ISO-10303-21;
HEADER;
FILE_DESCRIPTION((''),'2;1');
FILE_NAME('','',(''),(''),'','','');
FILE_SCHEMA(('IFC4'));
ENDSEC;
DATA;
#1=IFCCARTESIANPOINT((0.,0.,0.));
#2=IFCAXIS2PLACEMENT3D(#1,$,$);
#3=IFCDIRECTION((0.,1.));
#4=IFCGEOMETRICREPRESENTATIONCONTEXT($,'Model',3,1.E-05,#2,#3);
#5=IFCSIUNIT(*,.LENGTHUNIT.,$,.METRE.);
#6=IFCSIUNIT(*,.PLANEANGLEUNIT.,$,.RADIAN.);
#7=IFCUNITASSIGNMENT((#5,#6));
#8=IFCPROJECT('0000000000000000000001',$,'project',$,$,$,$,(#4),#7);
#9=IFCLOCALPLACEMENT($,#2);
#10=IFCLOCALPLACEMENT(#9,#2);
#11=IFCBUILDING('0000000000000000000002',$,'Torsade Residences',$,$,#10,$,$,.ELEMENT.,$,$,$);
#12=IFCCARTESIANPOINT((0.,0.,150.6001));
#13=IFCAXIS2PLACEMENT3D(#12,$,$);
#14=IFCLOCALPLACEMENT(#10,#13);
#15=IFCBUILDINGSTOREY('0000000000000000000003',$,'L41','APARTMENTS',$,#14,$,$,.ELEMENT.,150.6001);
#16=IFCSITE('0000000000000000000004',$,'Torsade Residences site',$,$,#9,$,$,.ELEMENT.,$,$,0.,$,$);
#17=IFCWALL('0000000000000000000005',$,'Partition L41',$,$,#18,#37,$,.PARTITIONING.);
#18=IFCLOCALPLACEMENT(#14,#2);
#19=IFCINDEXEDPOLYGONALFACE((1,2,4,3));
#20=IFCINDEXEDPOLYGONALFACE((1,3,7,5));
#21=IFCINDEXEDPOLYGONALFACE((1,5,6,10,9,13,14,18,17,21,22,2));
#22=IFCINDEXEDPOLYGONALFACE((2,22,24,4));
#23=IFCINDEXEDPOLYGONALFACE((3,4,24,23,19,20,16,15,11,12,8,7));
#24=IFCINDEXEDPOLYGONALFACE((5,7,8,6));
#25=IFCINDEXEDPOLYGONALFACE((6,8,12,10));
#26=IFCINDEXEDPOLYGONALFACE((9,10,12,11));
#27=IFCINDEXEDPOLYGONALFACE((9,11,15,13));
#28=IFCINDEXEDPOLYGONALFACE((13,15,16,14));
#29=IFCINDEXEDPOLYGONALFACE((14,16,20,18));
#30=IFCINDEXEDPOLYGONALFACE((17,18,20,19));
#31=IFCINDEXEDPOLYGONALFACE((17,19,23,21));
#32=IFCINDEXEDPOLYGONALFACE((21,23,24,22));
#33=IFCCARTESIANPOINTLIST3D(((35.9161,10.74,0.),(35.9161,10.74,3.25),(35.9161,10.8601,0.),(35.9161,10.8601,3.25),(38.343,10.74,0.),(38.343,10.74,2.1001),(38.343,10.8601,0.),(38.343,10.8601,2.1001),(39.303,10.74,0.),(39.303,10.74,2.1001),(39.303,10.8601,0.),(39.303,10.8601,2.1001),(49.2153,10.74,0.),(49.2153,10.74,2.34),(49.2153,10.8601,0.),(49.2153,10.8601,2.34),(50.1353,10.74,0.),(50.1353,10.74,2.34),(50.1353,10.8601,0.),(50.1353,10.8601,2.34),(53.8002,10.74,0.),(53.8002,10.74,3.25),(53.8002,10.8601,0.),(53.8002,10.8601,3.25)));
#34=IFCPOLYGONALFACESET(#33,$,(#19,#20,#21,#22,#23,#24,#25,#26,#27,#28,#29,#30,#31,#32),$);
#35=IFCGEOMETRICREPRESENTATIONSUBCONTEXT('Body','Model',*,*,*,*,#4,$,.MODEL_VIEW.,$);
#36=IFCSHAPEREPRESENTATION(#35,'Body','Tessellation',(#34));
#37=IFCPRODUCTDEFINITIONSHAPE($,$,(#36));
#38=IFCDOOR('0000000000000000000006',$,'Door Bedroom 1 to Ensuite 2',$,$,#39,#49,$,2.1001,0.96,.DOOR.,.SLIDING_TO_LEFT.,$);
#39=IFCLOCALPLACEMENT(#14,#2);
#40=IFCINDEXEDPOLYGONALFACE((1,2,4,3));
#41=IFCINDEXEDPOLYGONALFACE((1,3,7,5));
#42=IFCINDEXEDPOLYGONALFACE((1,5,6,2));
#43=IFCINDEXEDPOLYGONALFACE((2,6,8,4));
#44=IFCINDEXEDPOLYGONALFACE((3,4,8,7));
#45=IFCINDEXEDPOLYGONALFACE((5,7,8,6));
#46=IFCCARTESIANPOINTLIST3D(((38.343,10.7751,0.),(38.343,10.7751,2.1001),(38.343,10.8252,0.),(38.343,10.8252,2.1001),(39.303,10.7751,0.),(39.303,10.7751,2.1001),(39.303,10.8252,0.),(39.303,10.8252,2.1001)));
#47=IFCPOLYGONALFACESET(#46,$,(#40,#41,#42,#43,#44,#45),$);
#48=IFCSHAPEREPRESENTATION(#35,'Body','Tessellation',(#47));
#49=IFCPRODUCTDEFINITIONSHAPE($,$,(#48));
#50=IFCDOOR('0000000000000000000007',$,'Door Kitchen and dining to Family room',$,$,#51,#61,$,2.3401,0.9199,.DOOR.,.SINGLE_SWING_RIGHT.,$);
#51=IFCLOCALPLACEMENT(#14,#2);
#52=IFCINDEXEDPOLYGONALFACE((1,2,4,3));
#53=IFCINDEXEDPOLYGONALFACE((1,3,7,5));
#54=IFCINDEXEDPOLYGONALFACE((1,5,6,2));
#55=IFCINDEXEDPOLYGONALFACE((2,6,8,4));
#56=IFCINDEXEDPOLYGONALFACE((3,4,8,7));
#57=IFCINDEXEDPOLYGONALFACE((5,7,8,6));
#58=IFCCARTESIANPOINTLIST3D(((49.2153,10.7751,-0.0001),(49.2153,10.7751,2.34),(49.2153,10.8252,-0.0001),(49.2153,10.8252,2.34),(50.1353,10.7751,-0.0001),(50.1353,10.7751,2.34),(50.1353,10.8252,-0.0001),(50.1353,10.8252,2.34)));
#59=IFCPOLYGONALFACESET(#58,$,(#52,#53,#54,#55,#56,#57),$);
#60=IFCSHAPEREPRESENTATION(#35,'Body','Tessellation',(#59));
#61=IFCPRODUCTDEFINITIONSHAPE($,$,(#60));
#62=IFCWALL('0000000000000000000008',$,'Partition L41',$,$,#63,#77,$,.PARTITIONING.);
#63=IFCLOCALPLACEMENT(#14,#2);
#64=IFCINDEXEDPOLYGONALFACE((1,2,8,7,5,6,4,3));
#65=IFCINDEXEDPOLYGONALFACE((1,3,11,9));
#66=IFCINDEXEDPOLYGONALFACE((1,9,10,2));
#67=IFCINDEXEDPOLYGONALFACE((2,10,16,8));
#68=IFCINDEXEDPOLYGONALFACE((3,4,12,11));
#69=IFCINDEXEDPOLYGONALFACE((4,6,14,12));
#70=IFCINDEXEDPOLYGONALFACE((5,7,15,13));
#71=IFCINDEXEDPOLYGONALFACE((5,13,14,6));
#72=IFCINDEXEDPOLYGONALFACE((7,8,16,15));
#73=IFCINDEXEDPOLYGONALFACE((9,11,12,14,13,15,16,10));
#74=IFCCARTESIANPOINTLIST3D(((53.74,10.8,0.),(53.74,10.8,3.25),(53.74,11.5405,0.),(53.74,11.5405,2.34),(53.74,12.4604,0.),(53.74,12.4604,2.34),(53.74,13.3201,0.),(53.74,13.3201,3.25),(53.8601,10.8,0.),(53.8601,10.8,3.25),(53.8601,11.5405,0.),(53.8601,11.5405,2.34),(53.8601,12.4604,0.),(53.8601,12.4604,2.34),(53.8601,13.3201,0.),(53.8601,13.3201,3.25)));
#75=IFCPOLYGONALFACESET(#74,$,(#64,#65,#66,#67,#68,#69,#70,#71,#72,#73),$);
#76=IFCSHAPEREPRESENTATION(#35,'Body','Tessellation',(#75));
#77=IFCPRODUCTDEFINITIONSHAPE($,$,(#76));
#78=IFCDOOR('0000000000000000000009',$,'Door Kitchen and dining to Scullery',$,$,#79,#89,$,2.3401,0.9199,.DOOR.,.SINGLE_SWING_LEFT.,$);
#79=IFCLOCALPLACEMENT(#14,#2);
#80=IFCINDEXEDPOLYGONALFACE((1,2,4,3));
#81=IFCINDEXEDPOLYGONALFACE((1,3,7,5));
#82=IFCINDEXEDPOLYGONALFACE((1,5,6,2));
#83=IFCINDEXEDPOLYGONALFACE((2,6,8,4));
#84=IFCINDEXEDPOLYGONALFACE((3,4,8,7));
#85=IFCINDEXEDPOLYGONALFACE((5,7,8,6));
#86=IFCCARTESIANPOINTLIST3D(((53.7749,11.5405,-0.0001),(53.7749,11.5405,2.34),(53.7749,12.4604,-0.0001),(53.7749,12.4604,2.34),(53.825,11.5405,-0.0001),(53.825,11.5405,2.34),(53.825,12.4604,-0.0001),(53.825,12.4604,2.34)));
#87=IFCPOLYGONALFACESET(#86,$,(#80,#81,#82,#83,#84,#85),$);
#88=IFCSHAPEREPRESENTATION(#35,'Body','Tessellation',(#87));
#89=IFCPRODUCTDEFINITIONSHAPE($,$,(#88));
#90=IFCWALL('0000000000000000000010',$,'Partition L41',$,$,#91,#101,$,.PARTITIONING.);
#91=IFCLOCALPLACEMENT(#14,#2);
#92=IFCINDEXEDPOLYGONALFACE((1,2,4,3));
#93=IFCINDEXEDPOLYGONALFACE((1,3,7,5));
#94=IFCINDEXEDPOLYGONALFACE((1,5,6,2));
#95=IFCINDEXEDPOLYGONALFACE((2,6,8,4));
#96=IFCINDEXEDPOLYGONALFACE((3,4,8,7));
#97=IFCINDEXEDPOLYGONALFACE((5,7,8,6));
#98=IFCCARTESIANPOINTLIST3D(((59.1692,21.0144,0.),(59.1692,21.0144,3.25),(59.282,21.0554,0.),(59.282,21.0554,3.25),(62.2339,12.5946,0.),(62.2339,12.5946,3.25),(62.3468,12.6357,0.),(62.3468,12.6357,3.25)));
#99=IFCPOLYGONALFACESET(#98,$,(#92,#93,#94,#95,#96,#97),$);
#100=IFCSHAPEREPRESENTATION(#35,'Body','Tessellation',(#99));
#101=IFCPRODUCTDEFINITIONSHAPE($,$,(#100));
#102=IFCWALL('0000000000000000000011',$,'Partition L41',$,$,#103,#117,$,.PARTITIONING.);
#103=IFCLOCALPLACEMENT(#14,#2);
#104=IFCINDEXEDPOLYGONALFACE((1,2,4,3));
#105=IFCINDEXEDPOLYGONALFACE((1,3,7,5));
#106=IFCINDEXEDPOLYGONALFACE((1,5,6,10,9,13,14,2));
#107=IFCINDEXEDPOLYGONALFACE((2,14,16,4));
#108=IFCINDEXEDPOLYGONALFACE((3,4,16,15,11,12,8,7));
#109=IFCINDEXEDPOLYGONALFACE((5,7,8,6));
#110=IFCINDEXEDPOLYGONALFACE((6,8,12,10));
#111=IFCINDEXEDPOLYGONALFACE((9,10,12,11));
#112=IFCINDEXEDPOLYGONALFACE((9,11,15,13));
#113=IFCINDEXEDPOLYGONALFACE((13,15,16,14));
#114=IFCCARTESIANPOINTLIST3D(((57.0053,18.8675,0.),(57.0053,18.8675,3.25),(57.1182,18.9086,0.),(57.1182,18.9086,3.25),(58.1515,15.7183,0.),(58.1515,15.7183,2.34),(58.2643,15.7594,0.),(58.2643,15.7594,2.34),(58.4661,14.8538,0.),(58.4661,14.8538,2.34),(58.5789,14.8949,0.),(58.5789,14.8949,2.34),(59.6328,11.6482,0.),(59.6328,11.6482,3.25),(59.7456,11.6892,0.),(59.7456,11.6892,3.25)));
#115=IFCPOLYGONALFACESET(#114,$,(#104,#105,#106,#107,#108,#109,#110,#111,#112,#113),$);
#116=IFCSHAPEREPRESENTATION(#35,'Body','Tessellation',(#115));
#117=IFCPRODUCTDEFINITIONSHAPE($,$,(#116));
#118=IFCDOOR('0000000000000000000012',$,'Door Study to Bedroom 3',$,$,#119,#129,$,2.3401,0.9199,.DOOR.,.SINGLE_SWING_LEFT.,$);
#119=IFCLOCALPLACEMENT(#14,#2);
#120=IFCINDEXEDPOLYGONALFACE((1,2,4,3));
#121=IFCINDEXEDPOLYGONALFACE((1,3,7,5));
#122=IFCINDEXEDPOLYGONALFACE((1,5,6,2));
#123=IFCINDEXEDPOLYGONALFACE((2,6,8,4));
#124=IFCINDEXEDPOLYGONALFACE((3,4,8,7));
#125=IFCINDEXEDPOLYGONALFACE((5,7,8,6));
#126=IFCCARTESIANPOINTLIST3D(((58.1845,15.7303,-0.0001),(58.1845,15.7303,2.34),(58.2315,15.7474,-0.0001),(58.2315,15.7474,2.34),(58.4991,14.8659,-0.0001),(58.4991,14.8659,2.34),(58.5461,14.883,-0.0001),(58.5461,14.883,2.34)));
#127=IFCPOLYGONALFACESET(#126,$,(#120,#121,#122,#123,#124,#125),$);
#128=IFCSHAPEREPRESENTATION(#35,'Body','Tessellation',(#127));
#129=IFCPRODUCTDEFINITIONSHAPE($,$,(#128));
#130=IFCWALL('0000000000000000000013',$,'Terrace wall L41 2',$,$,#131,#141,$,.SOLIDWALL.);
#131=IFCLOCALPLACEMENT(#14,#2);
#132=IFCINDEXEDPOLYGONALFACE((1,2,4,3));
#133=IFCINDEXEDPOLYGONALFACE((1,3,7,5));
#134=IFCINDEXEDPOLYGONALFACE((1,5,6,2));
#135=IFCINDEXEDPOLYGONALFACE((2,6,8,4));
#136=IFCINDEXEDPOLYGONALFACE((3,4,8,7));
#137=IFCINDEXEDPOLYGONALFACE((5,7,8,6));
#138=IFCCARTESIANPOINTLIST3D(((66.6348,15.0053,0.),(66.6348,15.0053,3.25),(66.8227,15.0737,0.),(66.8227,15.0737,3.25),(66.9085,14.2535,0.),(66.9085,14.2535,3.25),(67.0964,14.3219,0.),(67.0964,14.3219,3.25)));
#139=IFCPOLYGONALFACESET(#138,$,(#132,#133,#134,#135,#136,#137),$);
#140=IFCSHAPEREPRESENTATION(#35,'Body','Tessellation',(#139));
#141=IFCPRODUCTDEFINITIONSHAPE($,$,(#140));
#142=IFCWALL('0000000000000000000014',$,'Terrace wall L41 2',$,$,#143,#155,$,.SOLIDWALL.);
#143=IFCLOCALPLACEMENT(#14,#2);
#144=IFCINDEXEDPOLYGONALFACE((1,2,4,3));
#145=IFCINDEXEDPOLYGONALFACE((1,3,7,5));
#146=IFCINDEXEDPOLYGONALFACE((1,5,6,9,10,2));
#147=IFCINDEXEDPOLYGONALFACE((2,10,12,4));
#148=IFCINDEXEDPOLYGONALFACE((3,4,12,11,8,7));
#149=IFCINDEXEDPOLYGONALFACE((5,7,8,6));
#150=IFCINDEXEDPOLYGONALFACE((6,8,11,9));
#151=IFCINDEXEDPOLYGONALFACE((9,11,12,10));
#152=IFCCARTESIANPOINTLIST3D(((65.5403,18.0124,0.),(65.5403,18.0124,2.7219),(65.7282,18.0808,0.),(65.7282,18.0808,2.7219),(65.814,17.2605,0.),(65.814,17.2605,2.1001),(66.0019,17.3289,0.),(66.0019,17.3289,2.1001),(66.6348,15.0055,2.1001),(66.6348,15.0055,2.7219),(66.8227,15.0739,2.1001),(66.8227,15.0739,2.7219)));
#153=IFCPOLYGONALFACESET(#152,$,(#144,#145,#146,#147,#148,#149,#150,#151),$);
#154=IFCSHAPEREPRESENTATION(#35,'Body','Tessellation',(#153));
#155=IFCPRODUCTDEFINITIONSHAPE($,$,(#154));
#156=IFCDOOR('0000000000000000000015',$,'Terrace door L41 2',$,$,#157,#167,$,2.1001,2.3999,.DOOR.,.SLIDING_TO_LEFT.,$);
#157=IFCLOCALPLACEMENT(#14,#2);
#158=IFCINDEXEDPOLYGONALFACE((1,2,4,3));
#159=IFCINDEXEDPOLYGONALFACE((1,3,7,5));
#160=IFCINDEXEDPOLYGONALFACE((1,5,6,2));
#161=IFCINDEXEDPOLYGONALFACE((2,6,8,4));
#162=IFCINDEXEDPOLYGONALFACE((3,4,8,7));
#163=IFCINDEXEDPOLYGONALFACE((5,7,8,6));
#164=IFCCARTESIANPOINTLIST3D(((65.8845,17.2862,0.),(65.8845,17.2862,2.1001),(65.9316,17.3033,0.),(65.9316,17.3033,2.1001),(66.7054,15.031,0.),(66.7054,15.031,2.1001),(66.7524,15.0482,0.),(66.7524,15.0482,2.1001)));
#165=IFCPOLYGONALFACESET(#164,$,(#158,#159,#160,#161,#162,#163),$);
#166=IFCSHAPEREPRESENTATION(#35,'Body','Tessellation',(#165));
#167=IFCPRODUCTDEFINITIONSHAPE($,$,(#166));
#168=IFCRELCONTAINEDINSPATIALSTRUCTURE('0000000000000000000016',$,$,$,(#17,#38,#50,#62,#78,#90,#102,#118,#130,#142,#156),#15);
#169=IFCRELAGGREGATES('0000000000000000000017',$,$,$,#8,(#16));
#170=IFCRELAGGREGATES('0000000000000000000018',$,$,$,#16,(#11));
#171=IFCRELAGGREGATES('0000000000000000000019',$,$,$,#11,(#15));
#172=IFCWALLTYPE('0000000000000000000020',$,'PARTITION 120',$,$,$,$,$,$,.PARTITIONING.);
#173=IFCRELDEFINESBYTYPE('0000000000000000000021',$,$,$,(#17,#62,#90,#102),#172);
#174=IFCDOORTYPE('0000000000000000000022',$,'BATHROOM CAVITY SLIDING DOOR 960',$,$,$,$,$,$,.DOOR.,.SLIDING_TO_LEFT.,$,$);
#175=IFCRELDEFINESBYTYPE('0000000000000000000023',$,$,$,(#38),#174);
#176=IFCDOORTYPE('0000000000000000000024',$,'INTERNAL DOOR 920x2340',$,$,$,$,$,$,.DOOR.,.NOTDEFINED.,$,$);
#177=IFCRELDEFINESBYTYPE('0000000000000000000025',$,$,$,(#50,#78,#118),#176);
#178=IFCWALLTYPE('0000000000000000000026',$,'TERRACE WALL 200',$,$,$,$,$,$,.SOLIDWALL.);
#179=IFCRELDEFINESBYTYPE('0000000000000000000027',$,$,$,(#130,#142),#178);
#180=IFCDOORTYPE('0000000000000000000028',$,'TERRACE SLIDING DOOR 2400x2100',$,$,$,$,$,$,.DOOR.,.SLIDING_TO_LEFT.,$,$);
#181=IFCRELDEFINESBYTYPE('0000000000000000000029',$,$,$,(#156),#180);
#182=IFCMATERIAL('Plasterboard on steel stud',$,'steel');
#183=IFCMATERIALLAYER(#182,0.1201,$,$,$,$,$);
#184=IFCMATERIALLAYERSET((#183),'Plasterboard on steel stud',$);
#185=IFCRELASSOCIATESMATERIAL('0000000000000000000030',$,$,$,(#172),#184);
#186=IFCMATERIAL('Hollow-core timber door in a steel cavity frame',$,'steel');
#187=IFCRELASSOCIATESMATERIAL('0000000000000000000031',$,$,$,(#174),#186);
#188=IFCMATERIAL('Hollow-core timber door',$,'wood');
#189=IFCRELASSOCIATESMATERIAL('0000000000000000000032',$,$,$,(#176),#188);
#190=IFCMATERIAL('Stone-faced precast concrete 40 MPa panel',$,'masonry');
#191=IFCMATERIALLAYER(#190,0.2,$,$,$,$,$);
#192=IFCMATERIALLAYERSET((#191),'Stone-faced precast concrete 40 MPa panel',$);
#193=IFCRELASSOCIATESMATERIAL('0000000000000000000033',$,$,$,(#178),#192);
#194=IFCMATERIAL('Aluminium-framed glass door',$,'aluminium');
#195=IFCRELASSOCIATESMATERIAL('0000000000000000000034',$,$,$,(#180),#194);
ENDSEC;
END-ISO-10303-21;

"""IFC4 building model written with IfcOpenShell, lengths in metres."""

from ifc_helpers import new_model, si_unit, direction, frame, frame_2d, origin, place, context, subcontext, project, spatial, rectangle, extrude, material, layer, layer_set, type_object, element, fill, save


model = new_model("IFC4")

# Units and contexts
model_context = context("Model", 3, precision=1e-05, world=origin(), true_north=direction((0.0, 1.0)))
body_context = subcontext(model_context, "Body", "Model", "MODEL_VIEW")
ifc_project = project(units=[si_unit("LENGTHUNIT", "METRE"), si_unit("PLANEANGLEUNIT", "RADIAN")], contexts=[model_context])

# Site, building, storey
site_placement = place(None, origin())
site = spatial("IfcSite", under=ifc_project, at=site_placement, Name="Torsade Residences site", CompositionType="ELEMENT", RefElevation=0.0)
building_placement = place(site_placement, origin())
building = spatial("IfcBuilding", under=site, at=building_placement, Name="Torsade Residences", CompositionType="ELEMENT")
storey_placement = place(building_placement, frame((0.0, 0.0, 150.6001)))
storey = spatial("IfcBuildingStorey", under=building, at=storey_placement, Name="L41", Description="APARTMENTS", CompositionType="ELEMENT", Elevation=150.6001)

# Wall, openings, doors
ifc_material_1 = material(Name="Plasterboard on steel stud", Category="steel")
ifc_layer_1 = layer(ifc_material_1, 0.1201)
ifc_layer_set_1 = layer_set([ifc_layer_1], Name="Plasterboard on steel stud")
wall_type_1 = type_object("IfcWallType", Name="PARTITION 120", PredefinedType="PARTITIONING", material=ifc_layer_set_1)
wall_1_placement = place(storey_placement, frame((53.8, 10.8, 0.0), z_axis=(0.0, 0.0, 1.0), x_axis=(-1.0, 0.0, 0.0)))
wall_1 = element("IfcWall", 1, at=wall_1_placement, inside=storey, type_object=wall_type_1, Name="Partition L41", PredefinedType="PARTITIONING", context=body_context, shape_type="SweptSolid", body=[
    extrude(rectangle(XDim=17.884, YDim=0.1201, at=frame_2d((8.9419, 0.0))), origin(), (0.0, 0.0, 1.0), 3.25),
])
opening_1_placement = place(wall_1_placement, frame((3.6648, 0.0, 0.0)))
opening_1 = element("IfcOpeningElement", 2, at=opening_1_placement, cuts=wall_1, PredefinedType="OPENING", context=body_context, shape_type="SweptSolid", body=[
    extrude(rectangle(XDim=0.9199, YDim=2.3401, at=frame_2d((0.46, 1.1699))), frame((0.0, 0.0701, 0.0), z_axis=(0.0, -1.0, 0.0), x_axis=(1.0, 0.0, 0.0)), (0.0, 0.0, 1.0), 0.1401),
])
opening_2_placement = place(wall_1_placement, frame((14.4971, 0.0, 0.0)))
opening_2 = element("IfcOpeningElement", 3, at=opening_2_placement, cuts=wall_1, PredefinedType="OPENING", context=body_context, shape_type="SweptSolid", body=[
    extrude(rectangle(XDim=0.96, YDim=2.1001, at=frame_2d((0.48, 1.05))), frame((0.0, 0.0701, 0.0), z_axis=(0.0, -1.0, 0.0), x_axis=(1.0, 0.0, 0.0)), (0.0, 0.0, 1.0), 0.1401),
])
ifc_material_2 = material(Name="Hollow-core timber door in a steel cavity frame", Category="steel")
door_type_1 = type_object("IfcDoorType", Name="BATHROOM CAVITY SLIDING DOOR 960", OperationType="SLIDING_TO_LEFT", PredefinedType="DOOR", material=ifc_material_2)
door_1_placement = place(opening_2_placement, origin())
door_1 = element("IfcDoor", 4, at=door_1_placement, inside=storey, type_object=door_type_1, Name="Door Bedroom 1 to Ensuite 2", OperationType="SLIDING_TO_LEFT", OverallHeight=2.1001, OverallWidth=0.96, PredefinedType="DOOR", context=body_context, shape_type="SweptSolid", body=[
    extrude(rectangle(XDim=0.96, YDim=2.1001, at=frame_2d((0.48, 1.05))), frame((0.0, 0.0249, 0.0), z_axis=(0.0, -1.0, 0.0), x_axis=(1.0, 0.0, 0.0)), (0.0, 0.0, 1.0), 0.05),
])
fill(opening_2, door_1)
ifc_material_3 = material(Name="Hollow-core timber door", Category="wood")
door_type_2 = type_object("IfcDoorType", Name="INTERNAL DOOR 920x2340", OperationType="NOTDEFINED", PredefinedType="DOOR", material=ifc_material_3)
door_2_placement = place(opening_1_placement, origin())
door_2 = element("IfcDoor", 5, at=door_2_placement, inside=storey, type_object=door_type_2, Name="Door Kitchen and dining to Family room", OperationType="SINGLE_SWING_RIGHT", OverallHeight=2.3401, OverallWidth=0.9199, PredefinedType="DOOR", context=body_context, shape_type="SweptSolid", body=[
    extrude(rectangle(XDim=0.9199, YDim=2.3401, at=frame_2d((0.46, 1.1699))), frame((0.0, 0.0249, 0.0), z_axis=(0.0, -1.0, 0.0), x_axis=(1.0, 0.0, 0.0)), (0.0, 0.0, 1.0), 0.05),
])
fill(opening_1, door_2)

# Wall, opening, door
wall_2_placement = place(storey_placement, frame((53.8, 13.3201, 0.0), z_axis=(0.0, 0.0, 1.0), x_axis=(0.0, -1.0, 0.0)))
wall_2 = element("IfcWall", 6, at=wall_2_placement, inside=storey, type_object=wall_type_1, Name="Partition L41", PredefinedType="PARTITIONING", context=body_context, shape_type="SweptSolid", body=[
    extrude(rectangle(XDim=2.52, YDim=0.1201, at=frame_2d((1.26, 0.0))), origin(), (0.0, 0.0, 1.0), 3.25),
])
opening_3_placement = place(wall_2_placement, frame((0.8596, 0.0, 0.0)))
opening_3 = element("IfcOpeningElement", 7, at=opening_3_placement, cuts=wall_2, PredefinedType="OPENING", context=body_context, shape_type="SweptSolid", body=[
    extrude(rectangle(XDim=0.9199, YDim=2.3401, at=frame_2d((0.46, 1.1699))), frame((0.0, 0.0701, 0.0), z_axis=(0.0, -1.0, 0.0), x_axis=(1.0, 0.0, 0.0)), (0.0, 0.0, 1.0), 0.1401),
])
door_3_placement = place(opening_3_placement, origin())
door_3 = element("IfcDoor", 8, at=door_3_placement, inside=storey, type_object=door_type_2, Name="Door Kitchen and dining to Scullery", OperationType="SINGLE_SWING_LEFT", OverallHeight=2.3401, OverallWidth=0.9199, PredefinedType="DOOR", context=body_context, shape_type="SweptSolid", body=[
    extrude(rectangle(XDim=0.9199, YDim=2.3401, at=frame_2d((0.46, 1.1699))), frame((0.0, 0.0249, 0.0), z_axis=(0.0, -1.0, 0.0), x_axis=(1.0, 0.0, 0.0)), (0.0, 0.0, 1.0), 0.05),
])
fill(opening_3, door_3)

# Wall
wall_3_placement = place(storey_placement, frame((62.2903, 12.6152, 0.0), z_axis=(0.0, 0.0, 1.0), x_axis=(-0.342038, 0.939686, 0.0)))
element("IfcWall", 9, at=wall_3_placement, inside=storey, type_object=wall_type_1, Name="Partition L41", PredefinedType="PARTITIONING", context=body_context, shape_type="SweptSolid", body=[
    extrude(rectangle(XDim=8.9602, YDim=0.1201, at=frame_2d((4.48, 0.0))), origin(), (0.0, 0.0, 1.0), 3.25),
])

# Wall, opening, door
wall_4_placement = place(storey_placement, frame((59.6892, 11.6687, 0.0), z_axis=(0.0, 0.0, 1.0), x_axis=(-0.342003, 0.939699, 0.0)))
wall_4 = element("IfcWall", 10, at=wall_4_placement, inside=storey, type_object=wall_type_1, Name="Partition L41", PredefinedType="PARTITIONING", context=body_context, shape_type="SweptSolid", body=[
    extrude(rectangle(XDim=7.6826, YDim=0.1201, at=frame_2d((3.8413, 0.0))), origin(), (0.0, 0.0, 1.0), 3.25),
])
opening_4_placement = place(wall_4_placement, frame((3.4114, 0.0, 0.0)))
opening_4 = element("IfcOpeningElement", 11, at=opening_4_placement, cuts=wall_4, PredefinedType="OPENING", context=body_context, shape_type="SweptSolid", body=[
    extrude(rectangle(XDim=0.9199, YDim=2.3401, at=frame_2d((0.46, 1.1699))), frame((0.0, 0.0701, 0.0), z_axis=(0.0, -1.0, 0.0), x_axis=(1.0, 0.0, 0.0)), (0.0, 0.0, 1.0), 0.1401),
])
door_4_placement = place(opening_4_placement, origin())
door_4 = element("IfcDoor", 12, at=door_4_placement, inside=storey, type_object=door_type_2, Name="Door Study to Bedroom 3", OperationType="SINGLE_SWING_LEFT", OverallHeight=2.3401, OverallWidth=0.9199, PredefinedType="DOOR", context=body_context, shape_type="SweptSolid", body=[
    extrude(rectangle(XDim=0.9199, YDim=2.3401, at=frame_2d((0.46, 1.1699))), frame((0.0, 0.0249, 0.0), z_axis=(0.0, -1.0, 0.0), x_axis=(1.0, 0.0, 0.0)), (0.0, 0.0, 1.0), 0.05),
])
fill(opening_4, door_4)

# Wall
ifc_material_4 = material(Name="Stone-faced precast concrete 40 MPa panel", Category="masonry")
ifc_layer_2 = layer(ifc_material_4, 0.2)
ifc_layer_set_2 = layer_set([ifc_layer_2], Name="Stone-faced precast concrete 40 MPa panel")
wall_type_2 = type_object("IfcWallType", Name="TERRACE WALL 200", PredefinedType="SOLIDWALL", material=ifc_layer_set_2)
wall_5_placement = place(storey_placement, frame((67.0024, 14.2878, 0.0), z_axis=(0.0, 0.0, 1.0), x_axis=(-0.342111, 0.93966, 0.0)))
element("IfcWall", 13, at=wall_5_placement, inside=storey, type_object=wall_type_2, Name="Terrace wall L41 2", PredefinedType="SOLIDWALL", context=body_context, shape_type="SweptSolid", body=[
    extrude(rectangle(XDim=0.8, YDim=0.2, at=frame_2d((0.3999, 0.0))), origin(), (0.0, 0.0, 1.0), 3.25),
])

# Wall, opening, door
wall_6_placement = place(storey_placement, frame((66.7288, 15.0396, 0.0), z_axis=(0.0, 0.0, 1.0), x_axis=(-0.342019, 0.939693, 0.0)))
wall_6 = element("IfcWall", 14, at=wall_6_placement, inside=storey, type_object=wall_type_2, Name="Terrace wall L41 2", PredefinedType="SOLIDWALL", context=body_context, shape_type="SweptSolid", body=[
    extrude(rectangle(XDim=3.2, YDim=0.2, at=frame_2d((1.6001, 0.0))), origin(), (0.0, 0.0, 1.0), 2.7219),
])
opening_5_placement = place(wall_6_placement, origin())
opening_5 = element("IfcOpeningElement", 15, at=opening_5_placement, cuts=wall_6, PredefinedType="OPENING", context=body_context, shape_type="SweptSolid", body=[
    extrude(rectangle(XDim=2.3999, YDim=2.1001, at=frame_2d((1.2, 1.05))), frame((0.0, 0.1099, 0.0), z_axis=(0.0, -1.0, 0.0), x_axis=(1.0, 0.0, 0.0)), (0.0, 0.0, 1.0), 0.22),
])
ifc_material_5 = material(Name="Aluminium-framed glass door", Category="aluminium")
door_type_3 = type_object("IfcDoorType", Name="TERRACE SLIDING DOOR 2400x2100", OperationType="SLIDING_TO_LEFT", PredefinedType="DOOR", material=ifc_material_5)
door_5_placement = place(opening_5_placement, origin())
door_5 = element("IfcDoor", 16, at=door_5_placement, inside=storey, type_object=door_type_3, Name="Terrace door L41 2", OperationType="SLIDING_TO_LEFT", OverallHeight=2.1001, OverallWidth=2.3999, PredefinedType="DOOR", context=body_context, shape_type="SweptSolid", body=[
    extrude(rectangle(XDim=2.3999, YDim=2.1001, at=frame_2d((1.2, 1.05))), frame((0.0, 0.0249, 0.0), z_axis=(0.0, -1.0, 0.0), x_axis=(1.0, 0.0, 0.0)), (0.0, 0.0, 1.0), 0.05),
])
fill(opening_5, door_5)

save(model, "model.ifc")
